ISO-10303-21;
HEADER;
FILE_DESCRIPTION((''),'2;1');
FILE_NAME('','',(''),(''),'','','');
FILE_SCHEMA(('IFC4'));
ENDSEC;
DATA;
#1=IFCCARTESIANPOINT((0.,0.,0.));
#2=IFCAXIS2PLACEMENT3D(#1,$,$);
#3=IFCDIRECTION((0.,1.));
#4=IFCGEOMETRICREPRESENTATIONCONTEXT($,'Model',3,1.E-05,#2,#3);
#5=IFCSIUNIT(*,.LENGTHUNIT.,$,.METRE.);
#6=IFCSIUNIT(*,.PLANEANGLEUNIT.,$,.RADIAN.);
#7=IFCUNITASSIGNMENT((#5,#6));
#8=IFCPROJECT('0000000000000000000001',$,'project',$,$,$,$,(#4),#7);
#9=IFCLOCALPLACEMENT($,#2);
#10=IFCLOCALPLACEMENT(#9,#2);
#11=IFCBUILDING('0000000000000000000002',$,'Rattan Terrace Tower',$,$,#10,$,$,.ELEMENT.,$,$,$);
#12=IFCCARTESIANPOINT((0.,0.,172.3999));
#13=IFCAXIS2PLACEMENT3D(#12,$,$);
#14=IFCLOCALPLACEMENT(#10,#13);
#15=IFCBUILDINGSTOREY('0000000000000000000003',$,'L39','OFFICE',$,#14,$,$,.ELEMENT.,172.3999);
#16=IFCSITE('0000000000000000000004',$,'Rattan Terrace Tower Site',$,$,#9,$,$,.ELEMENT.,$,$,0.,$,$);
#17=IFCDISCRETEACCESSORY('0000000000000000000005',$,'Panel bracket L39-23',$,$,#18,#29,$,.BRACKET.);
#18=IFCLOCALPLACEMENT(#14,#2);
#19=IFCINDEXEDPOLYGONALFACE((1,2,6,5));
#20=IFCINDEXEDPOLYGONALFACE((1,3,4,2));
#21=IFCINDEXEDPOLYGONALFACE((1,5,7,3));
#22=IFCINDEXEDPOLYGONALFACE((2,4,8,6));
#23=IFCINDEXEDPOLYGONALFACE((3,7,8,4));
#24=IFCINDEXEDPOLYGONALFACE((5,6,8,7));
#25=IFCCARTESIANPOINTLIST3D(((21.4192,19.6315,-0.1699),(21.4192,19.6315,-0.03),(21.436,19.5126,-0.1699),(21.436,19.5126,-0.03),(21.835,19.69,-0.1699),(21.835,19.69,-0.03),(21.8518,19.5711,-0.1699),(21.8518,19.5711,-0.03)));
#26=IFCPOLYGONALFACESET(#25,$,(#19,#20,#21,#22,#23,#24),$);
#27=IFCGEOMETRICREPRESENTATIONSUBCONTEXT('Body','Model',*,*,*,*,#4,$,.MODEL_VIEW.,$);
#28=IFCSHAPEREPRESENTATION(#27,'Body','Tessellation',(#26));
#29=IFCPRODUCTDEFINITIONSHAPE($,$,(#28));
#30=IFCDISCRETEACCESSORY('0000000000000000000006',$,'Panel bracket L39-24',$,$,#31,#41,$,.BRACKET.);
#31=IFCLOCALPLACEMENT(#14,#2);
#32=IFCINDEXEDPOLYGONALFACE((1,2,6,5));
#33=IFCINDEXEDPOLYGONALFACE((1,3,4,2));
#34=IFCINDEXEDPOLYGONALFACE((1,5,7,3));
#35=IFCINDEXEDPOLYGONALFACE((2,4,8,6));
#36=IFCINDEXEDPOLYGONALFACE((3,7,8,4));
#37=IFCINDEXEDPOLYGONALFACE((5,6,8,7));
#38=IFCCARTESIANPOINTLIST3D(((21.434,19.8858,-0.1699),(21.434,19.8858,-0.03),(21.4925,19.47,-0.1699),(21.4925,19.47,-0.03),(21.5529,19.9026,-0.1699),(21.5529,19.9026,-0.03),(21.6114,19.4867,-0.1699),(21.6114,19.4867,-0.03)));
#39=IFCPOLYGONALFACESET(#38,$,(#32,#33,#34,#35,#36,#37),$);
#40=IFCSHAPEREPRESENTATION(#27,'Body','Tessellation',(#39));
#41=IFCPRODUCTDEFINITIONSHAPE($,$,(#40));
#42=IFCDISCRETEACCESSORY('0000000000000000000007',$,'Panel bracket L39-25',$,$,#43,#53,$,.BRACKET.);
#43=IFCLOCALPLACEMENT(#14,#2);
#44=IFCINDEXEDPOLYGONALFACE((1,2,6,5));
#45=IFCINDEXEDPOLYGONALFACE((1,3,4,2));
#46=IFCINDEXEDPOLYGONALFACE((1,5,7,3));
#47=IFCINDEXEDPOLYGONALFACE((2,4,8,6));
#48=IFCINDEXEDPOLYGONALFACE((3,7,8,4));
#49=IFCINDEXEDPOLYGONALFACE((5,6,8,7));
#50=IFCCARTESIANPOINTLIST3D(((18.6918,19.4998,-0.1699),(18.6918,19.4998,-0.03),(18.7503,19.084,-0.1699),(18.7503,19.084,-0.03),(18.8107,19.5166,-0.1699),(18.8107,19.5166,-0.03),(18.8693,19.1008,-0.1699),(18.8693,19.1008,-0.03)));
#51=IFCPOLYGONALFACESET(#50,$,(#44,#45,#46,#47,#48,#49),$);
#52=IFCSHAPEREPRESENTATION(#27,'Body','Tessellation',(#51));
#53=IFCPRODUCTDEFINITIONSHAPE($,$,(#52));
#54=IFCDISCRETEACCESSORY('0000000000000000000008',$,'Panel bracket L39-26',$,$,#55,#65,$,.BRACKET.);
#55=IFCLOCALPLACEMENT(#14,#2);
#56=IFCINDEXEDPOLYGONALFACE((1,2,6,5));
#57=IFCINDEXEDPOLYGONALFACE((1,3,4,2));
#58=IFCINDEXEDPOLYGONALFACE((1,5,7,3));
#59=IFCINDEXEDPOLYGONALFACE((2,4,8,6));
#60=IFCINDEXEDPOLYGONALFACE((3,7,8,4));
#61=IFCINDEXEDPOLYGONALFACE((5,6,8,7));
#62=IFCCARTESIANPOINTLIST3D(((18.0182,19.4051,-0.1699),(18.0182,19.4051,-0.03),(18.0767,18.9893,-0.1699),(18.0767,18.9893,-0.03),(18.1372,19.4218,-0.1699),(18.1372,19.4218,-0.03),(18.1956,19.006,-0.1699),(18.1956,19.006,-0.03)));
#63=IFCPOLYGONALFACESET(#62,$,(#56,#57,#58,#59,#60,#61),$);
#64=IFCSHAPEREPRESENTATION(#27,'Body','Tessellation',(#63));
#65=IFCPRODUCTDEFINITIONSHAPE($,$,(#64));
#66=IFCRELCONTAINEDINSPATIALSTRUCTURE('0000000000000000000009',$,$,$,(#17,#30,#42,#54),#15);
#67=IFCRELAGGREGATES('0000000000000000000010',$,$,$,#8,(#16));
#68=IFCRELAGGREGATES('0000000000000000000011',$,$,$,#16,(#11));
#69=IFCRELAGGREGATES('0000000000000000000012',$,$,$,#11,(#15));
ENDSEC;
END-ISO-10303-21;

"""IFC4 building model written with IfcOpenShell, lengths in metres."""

from ifc_helpers import new_model, si_unit, direction, frame, origin, origin_2d, place, context, subcontext, project, spatial, rectangle, extrude, element, save


model = new_model("IFC4")

# Units and contexts
model_context = context("Model", 3, precision=1e-05, world=origin(), true_north=direction((0.0, 1.0)))
body_context = subcontext(model_context, "Body", "Model", "MODEL_VIEW")
ifc_project = project(units=[si_unit("LENGTHUNIT", "METRE"), si_unit("PLANEANGLEUNIT", "RADIAN")], contexts=[model_context])

# Site, building, storey
site_placement = place(None, origin())
site = spatial("IfcSite", under=ifc_project, at=site_placement, Name="Rattan Terrace Tower Site", CompositionType="ELEMENT", RefElevation=0.0)
building_placement = place(site_placement, origin())
building = spatial("IfcBuilding", under=site, at=building_placement, Name="Rattan Terrace Tower", CompositionType="ELEMENT")
storey_placement = place(building_placement, frame((0.0, 0.0, 172.3999)))
storey = spatial("IfcBuildingStorey", under=building, at=storey_placement, Name="L39", Description="OFFICE", CompositionType="ELEMENT", Elevation=172.3999)

# Discrete accessories
for number, where, z_axis, x_axis, name in (
    (1, (21.6355, 19.6013, -0.1699), (0.0, 0.0, 1.0), (-0.139321, 0.990247, 0.0), "Panel bracket L39-23"),
    (2, (21.5227, 19.6863, -0.1699), (0.0, 0.0, 1.0), (-0.990241, -0.139367, 0.0), "Panel bracket L39-24"),
    (3, (18.7805, 19.3003, -0.1699), (0.0, 0.0, 1.0), (-0.990241, -0.139367, 0.0), "Panel bracket L39-25"),
    (4, (18.1069, 19.2056, -0.1699), (0.0, 0.0, 1.0), (-0.99027, -0.139161, 0.0), "Panel bracket L39-26"),
):
    element("IfcDiscreteAccessory", number, at=place(storey_placement, frame(where, z_axis=z_axis, x_axis=x_axis)), inside=storey, Name=name, PredefinedType="BRACKET", context=body_context, shape_type="SweptSolid", body=[
        extrude(rectangle(XDim=0.1201, YDim=0.4199, at=origin_2d()), origin(), (0.0, 0.0, 1.0), 0.1399),
    ])

save(model, "model.ifc")
